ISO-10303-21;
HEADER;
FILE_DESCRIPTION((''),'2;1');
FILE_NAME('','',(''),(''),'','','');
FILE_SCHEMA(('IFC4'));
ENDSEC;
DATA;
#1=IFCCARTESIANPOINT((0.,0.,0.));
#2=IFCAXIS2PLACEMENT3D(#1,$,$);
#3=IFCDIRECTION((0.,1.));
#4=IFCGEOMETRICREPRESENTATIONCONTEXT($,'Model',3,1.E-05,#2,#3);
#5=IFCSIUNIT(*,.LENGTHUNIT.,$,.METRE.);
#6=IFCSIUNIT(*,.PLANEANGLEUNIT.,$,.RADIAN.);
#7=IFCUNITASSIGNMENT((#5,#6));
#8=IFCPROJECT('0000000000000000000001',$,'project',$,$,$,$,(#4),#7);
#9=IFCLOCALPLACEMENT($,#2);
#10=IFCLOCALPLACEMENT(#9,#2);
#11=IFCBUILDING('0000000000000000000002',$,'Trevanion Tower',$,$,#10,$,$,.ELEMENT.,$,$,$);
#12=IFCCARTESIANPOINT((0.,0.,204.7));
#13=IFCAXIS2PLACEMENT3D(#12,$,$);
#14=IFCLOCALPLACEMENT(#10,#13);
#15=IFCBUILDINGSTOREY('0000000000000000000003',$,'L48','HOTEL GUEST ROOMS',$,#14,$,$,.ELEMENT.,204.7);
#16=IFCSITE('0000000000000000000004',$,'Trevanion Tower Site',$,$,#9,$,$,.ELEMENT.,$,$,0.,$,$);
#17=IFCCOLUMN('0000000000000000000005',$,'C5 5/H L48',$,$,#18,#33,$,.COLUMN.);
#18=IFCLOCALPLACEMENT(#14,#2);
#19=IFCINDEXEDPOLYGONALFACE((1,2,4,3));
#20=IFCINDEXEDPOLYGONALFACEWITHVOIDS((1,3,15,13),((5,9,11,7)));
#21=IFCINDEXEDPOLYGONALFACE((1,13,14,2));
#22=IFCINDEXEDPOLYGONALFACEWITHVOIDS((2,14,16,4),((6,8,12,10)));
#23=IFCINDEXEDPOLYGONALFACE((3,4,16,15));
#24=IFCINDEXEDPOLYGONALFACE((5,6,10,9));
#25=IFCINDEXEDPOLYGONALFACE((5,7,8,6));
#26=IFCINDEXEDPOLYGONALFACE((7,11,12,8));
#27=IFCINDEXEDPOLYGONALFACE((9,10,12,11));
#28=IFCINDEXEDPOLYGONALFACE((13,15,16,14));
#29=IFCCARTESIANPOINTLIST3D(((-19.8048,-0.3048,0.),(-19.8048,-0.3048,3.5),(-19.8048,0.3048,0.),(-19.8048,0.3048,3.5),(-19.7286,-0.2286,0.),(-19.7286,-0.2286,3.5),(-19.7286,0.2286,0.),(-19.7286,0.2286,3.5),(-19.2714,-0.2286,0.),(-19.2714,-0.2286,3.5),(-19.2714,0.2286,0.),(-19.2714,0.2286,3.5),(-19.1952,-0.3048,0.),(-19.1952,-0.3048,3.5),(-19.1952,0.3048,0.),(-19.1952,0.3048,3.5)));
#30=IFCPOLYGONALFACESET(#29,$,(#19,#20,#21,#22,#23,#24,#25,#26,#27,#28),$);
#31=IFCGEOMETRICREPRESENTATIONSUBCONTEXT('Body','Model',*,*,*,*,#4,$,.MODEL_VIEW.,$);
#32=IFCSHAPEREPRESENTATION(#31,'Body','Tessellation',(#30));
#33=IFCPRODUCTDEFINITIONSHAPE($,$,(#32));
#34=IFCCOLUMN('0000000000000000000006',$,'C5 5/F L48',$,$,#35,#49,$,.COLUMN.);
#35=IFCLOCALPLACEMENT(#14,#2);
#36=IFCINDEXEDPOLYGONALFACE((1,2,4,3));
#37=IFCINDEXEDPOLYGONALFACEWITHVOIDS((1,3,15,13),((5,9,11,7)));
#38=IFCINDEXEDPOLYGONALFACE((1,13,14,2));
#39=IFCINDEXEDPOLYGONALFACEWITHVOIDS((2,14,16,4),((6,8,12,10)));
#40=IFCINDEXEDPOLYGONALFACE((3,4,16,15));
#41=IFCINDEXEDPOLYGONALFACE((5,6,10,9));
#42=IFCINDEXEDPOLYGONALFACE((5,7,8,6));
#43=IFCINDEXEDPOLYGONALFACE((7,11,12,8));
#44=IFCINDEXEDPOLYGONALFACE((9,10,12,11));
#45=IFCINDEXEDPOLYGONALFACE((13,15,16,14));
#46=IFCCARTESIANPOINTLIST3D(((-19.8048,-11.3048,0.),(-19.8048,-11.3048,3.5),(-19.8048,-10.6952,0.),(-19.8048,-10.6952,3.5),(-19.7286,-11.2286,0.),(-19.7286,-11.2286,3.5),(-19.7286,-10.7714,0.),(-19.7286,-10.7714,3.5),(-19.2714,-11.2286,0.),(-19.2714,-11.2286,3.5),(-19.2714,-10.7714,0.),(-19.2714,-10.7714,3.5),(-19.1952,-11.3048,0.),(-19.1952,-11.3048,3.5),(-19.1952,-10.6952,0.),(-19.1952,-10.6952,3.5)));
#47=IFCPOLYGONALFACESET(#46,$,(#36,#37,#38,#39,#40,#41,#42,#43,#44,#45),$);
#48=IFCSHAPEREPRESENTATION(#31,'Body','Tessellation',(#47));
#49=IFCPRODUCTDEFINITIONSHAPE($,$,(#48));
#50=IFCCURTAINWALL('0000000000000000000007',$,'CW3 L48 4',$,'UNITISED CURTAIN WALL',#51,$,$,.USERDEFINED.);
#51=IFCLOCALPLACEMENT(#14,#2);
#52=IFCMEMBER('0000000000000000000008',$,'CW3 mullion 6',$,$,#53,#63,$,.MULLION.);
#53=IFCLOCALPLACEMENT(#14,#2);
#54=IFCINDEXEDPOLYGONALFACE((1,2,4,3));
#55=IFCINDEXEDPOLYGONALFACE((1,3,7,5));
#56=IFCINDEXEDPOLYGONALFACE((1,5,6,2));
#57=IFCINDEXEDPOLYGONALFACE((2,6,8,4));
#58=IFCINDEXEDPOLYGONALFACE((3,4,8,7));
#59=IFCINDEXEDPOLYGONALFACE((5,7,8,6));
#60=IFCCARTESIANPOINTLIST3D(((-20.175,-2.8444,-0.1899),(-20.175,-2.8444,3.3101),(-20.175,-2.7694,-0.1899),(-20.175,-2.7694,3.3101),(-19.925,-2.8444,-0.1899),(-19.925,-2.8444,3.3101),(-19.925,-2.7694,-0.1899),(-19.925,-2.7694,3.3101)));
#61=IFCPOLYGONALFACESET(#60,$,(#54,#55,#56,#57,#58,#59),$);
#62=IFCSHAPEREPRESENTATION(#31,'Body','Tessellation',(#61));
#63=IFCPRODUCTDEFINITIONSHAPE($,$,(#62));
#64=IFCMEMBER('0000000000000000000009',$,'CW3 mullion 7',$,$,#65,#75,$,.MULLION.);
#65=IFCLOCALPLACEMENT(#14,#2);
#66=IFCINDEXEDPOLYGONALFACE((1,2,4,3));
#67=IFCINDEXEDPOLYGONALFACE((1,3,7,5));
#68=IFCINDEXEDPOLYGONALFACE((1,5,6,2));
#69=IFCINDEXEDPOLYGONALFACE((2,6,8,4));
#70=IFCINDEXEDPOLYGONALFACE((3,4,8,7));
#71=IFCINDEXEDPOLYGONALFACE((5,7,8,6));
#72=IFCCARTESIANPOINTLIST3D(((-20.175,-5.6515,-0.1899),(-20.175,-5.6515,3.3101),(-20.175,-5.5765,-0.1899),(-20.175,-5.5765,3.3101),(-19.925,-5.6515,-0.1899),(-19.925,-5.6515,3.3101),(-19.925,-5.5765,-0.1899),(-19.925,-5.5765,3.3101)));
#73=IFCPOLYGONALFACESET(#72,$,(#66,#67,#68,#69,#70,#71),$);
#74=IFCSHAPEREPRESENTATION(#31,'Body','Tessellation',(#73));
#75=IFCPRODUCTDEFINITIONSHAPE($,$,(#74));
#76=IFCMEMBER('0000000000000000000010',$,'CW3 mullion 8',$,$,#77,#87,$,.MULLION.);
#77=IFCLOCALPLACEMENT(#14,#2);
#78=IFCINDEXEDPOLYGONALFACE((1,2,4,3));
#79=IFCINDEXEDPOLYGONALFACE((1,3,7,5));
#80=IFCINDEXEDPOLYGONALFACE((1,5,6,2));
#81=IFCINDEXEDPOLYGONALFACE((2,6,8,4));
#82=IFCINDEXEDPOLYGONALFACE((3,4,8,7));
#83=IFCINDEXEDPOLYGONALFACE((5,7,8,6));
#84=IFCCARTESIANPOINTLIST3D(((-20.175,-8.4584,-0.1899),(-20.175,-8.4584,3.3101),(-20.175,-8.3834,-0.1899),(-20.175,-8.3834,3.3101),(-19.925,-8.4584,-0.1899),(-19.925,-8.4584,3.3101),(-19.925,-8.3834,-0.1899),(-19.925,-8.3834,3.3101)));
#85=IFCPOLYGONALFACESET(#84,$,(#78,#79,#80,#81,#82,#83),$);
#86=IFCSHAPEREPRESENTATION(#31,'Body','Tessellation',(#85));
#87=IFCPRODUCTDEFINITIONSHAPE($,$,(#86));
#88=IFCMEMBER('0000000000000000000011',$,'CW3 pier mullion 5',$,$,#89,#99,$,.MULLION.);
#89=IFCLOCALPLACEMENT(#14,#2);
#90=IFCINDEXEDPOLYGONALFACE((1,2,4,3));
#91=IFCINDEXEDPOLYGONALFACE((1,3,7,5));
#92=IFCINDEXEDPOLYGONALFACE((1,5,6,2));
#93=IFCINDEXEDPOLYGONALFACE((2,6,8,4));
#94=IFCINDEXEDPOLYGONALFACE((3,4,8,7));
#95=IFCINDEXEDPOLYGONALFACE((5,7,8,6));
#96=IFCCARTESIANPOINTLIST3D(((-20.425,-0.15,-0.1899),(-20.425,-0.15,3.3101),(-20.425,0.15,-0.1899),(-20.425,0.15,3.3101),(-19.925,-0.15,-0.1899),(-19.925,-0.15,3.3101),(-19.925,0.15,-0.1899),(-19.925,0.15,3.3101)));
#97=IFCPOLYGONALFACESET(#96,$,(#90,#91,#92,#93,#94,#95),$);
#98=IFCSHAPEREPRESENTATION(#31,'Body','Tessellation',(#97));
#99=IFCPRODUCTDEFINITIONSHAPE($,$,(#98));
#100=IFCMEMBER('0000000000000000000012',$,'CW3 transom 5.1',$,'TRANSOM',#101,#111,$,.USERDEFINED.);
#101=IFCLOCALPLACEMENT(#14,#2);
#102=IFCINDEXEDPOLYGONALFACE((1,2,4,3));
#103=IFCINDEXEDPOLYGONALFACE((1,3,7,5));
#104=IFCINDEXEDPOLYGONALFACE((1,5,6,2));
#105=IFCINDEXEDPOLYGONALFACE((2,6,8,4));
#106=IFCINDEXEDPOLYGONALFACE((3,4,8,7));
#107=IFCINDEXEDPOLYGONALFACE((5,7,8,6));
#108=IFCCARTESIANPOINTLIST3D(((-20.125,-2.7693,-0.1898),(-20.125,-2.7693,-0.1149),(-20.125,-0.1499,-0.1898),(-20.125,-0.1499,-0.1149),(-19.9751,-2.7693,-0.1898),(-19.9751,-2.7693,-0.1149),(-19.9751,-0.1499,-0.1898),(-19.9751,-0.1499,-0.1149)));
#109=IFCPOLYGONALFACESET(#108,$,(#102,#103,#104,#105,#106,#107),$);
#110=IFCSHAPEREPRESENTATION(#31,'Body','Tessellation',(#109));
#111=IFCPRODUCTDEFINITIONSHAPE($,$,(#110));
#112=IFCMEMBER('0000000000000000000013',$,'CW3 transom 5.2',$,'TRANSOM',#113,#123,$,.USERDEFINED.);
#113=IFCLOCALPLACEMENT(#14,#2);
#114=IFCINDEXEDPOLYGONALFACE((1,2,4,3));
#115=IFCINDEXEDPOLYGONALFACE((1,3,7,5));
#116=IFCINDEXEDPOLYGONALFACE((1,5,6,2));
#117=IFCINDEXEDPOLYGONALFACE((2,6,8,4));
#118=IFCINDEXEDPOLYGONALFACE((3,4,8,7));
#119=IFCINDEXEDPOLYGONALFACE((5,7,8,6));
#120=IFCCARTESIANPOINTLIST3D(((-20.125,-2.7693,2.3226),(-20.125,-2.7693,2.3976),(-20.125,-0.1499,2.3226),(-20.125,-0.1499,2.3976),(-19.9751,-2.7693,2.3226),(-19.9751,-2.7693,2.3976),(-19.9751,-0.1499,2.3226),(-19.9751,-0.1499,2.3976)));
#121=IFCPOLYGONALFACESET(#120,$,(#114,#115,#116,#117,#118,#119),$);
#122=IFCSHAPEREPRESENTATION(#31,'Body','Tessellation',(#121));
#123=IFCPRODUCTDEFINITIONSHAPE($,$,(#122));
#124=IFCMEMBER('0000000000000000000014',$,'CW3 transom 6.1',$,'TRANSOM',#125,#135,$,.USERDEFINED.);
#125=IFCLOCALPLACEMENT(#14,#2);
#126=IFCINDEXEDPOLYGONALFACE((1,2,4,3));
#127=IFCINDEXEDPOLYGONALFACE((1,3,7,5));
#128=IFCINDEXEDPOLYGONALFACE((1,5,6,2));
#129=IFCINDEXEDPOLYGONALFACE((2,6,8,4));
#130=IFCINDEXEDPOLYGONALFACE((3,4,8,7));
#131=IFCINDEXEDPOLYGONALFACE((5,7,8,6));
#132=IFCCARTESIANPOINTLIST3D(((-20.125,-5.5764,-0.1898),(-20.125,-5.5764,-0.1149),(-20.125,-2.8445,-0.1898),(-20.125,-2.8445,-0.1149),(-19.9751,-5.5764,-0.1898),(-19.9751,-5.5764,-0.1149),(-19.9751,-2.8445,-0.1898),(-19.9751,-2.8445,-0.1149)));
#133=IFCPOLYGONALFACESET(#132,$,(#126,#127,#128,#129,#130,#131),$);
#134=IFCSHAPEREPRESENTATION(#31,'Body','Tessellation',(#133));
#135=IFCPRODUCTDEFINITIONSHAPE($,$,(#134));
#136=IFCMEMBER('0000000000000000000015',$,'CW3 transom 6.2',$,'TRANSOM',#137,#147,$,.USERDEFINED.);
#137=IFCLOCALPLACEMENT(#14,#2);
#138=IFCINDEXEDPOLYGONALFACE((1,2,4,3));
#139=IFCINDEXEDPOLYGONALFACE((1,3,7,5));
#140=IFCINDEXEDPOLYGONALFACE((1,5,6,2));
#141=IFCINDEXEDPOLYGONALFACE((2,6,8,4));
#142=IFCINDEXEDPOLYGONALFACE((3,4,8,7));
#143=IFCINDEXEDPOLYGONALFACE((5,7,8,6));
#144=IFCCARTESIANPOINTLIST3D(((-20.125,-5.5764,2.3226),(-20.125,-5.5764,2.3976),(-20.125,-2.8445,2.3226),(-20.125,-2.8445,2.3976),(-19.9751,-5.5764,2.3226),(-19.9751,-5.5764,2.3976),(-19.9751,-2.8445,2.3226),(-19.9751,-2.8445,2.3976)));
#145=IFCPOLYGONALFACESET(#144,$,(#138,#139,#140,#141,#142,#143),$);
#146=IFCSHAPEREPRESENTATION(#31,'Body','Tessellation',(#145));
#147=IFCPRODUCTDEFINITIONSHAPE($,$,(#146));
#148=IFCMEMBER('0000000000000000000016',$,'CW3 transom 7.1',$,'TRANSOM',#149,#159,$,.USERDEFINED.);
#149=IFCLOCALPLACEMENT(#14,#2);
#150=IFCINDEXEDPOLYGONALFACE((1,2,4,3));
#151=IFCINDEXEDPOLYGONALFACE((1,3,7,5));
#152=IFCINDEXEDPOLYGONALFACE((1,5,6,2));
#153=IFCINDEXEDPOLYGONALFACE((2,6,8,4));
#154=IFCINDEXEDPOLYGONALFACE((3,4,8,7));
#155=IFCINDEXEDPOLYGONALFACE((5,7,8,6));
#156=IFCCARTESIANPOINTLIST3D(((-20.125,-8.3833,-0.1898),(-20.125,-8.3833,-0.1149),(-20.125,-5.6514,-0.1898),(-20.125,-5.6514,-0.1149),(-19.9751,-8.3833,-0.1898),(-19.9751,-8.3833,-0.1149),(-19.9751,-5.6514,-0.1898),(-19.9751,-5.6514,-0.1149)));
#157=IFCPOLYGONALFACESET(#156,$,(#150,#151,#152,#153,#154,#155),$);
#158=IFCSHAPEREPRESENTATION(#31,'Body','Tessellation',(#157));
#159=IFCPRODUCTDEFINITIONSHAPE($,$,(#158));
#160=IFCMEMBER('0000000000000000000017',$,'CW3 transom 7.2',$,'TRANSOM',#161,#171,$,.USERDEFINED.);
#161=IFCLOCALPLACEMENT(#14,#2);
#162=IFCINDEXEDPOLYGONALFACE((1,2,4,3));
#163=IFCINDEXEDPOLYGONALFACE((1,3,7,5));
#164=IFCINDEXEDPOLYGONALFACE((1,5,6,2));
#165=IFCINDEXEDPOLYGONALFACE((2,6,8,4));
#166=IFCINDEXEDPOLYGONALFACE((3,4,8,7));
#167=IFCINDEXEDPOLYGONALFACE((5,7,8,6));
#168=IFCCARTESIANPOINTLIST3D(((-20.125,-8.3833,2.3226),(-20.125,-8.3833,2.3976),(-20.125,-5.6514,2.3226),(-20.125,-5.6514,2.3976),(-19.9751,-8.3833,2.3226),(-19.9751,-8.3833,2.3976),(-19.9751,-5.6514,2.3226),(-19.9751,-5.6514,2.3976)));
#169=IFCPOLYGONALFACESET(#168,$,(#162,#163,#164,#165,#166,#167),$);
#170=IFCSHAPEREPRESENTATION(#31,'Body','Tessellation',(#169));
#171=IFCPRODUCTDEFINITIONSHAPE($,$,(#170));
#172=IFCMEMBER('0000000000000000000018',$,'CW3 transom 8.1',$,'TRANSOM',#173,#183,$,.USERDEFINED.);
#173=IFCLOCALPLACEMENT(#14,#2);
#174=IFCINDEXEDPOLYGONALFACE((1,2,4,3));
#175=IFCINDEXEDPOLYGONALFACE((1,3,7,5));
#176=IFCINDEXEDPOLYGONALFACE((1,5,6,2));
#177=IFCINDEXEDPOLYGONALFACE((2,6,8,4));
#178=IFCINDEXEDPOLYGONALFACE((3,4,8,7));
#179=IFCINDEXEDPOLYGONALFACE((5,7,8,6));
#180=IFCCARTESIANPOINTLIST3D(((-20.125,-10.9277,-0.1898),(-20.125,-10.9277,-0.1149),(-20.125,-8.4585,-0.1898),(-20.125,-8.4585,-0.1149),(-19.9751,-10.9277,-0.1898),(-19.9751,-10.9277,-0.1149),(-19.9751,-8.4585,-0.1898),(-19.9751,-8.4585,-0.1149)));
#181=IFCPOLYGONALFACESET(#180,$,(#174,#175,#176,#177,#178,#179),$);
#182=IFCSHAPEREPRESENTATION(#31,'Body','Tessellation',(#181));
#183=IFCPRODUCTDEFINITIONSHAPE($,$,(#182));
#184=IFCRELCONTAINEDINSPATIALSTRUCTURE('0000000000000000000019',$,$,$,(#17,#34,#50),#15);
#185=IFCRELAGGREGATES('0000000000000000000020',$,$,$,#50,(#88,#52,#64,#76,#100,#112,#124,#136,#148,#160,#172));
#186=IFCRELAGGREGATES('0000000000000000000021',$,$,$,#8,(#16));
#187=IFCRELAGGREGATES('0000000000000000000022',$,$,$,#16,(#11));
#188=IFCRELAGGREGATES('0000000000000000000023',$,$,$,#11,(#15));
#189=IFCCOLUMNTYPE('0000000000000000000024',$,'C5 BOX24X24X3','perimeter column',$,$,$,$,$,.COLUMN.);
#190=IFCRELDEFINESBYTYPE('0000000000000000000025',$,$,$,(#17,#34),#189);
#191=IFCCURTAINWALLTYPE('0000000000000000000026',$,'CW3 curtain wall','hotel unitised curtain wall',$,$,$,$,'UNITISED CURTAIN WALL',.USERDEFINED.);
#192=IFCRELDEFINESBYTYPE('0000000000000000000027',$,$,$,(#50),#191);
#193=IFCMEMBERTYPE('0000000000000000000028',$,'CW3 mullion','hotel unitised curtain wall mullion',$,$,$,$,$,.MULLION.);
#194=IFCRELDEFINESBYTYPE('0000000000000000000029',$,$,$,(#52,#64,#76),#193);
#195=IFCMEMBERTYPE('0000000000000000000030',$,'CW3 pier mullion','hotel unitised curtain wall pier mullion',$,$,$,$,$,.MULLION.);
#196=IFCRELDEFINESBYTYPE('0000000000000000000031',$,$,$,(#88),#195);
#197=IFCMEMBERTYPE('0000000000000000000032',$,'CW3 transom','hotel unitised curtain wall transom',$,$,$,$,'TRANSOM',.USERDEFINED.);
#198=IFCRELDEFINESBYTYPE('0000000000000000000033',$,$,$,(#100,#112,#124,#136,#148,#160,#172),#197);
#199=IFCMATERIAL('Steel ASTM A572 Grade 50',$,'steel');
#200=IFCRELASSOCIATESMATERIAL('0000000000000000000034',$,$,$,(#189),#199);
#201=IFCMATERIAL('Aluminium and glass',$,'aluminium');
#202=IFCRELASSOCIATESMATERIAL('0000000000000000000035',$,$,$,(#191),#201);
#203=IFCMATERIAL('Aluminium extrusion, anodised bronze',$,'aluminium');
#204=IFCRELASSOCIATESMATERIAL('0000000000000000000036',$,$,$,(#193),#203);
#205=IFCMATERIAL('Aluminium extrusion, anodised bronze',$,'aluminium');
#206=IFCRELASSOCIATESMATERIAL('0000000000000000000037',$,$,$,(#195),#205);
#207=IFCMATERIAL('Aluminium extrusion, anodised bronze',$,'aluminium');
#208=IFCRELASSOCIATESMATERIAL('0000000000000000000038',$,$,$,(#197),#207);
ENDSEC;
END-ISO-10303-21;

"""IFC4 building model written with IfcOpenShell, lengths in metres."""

from ifc_helpers import new_model, si_unit, direction, frame, origin, origin_2d, place, context, subcontext, project, spatial, rectangle, hollow_rectangle, extrude, material, material_profile, profile_set, type_object, element, aggregate, save


model = new_model("IFC4")

# Units and contexts
model_context = context("Model", 3, precision=1e-05, world=origin(), true_north=direction((0.0, 1.0)))
body_context = subcontext(model_context, "Body", "Model", "MODEL_VIEW")
ifc_project = project(units=[si_unit("LENGTHUNIT", "METRE"), si_unit("PLANEANGLEUNIT", "RADIAN")], contexts=[model_context])

# Site, building, storey
site_placement = place(None, origin())
site = spatial("IfcSite", under=ifc_project, at=site_placement, Name="Trevanion Tower Site", CompositionType="ELEMENT", RefElevation=0.0)
building_placement = place(site_placement, origin())
building = spatial("IfcBuilding", under=site, at=building_placement, Name="Trevanion Tower", CompositionType="ELEMENT")
storey_placement = place(building_placement, frame((0.0, 0.0, 204.7)))
storey = spatial("IfcBuildingStorey", under=building, at=storey_placement, Name="L48", Description="HOTEL GUEST ROOMS", CompositionType="ELEMENT", Elevation=204.7)

# Columns
ifc_material_1 = material(Name="Steel ASTM A572 Grade 50", Category="steel")
ifc_material_profile_1 = material_profile(ifc_material_1, hollow_rectangle(XDim=0.6096, YDim=0.6096, WallThickness=0.0762, at=origin_2d()), Name="BOX24X24X3")
ifc_profile_set_1 = profile_set([ifc_material_profile_1], Name="Steel ASTM A572 Grade 50")
column_type = type_object("IfcColumnType", Name="C5 BOX24X24X3", Description="perimeter column", PredefinedType="COLUMN", material=ifc_profile_set_1)
for number, where, z_axis, x_axis, name in (
    (1, (-19.5, 0.0, 0.0), (0.0, 0.0, 1.0), (0.0, 1.0, 0.0), "C5 5/H L48"),
    (2, (-19.5, -11.0, 0.0), (0.0, 0.0, 1.0), (0.0, 1.0, 0.0), "C5 5/F L48"),
):
    element("IfcColumn", number, at=place(storey_placement, frame(where, z_axis=z_axis, x_axis=x_axis)), inside=storey, type_object=column_type, Name=name, PredefinedType="COLUMN", context=body_context, shape_type="SweptSolid", body=[
        extrude(hollow_rectangle(XDim=0.6096, YDim=0.6096, WallThickness=0.0762, at=origin_2d()), origin(), (0.0, 0.0, 1.0), 3.5),
    ])

# Curtain wall, members
ifc_material_2 = material(Name="Aluminium and glass", Category="aluminium")
curtain_wall_type = type_object("IfcCurtainWallType", Name="CW3 curtain wall", Description="hotel unitised curtain wall", ElementType="UNITISED CURTAIN WALL", PredefinedType="USERDEFINED", material=ifc_material_2)
curtain_wall_placement = place(storey_placement, origin())
curtain_wall = element("IfcCurtainWall", 3, at=curtain_wall_placement, inside=storey, type_object=curtain_wall_type, Name="CW3 L48 4", ObjectType="UNITISED CURTAIN WALL", PredefinedType="USERDEFINED")
ifc_material_3 = material(Name="Aluminium extrusion, anodised bronze", Category="aluminium")
ifc_material_profile_2 = material_profile(ifc_material_3, rectangle(XDim=0.075, YDim=0.25, at=origin_2d()), Name="CW3 mullion")
ifc_profile_set_2 = profile_set([ifc_material_profile_2], Name="Aluminium extrusion, anodised bronze")
member_type_1 = type_object("IfcMemberType", Name="CW3 mullion", Description="hotel unitised curtain wall mullion", PredefinedType="MULLION", material=ifc_profile_set_2)
member_1_placement = place(storey_placement, frame((-20.05, -2.8069, -0.1899), z_axis=(0.0, 0.0, 1.0), x_axis=(0.0, -1.0, 0.0)))
member_1 = element("IfcMember", 4, at=member_1_placement, type_object=member_type_1, Name="CW3 mullion 6", PredefinedType="MULLION", context=body_context, shape_type="SweptSolid", body=[
    extrude(rectangle(XDim=0.075, YDim=0.25, at=origin_2d()), origin(), (0.0, 0.0, 1.0), 3.5),
])
member_2_placement = place(storey_placement, frame((-20.05, -5.614, -0.1899), z_axis=(0.0, 0.0, 1.0), x_axis=(0.0, -1.0, 0.0)))
member_2 = element("IfcMember", 5, at=member_2_placement, type_object=member_type_1, Name="CW3 mullion 7", PredefinedType="MULLION", context=body_context, shape_type="SweptSolid", body=[
    extrude(rectangle(XDim=0.075, YDim=0.25, at=origin_2d()), origin(), (0.0, 0.0, 1.0), 3.5),
])
member_3_placement = place(storey_placement, frame((-20.05, -8.4209, -0.1899), z_axis=(0.0, 0.0, 1.0), x_axis=(0.0, -1.0, 0.0)))
member_3 = element("IfcMember", 6, at=member_3_placement, type_object=member_type_1, Name="CW3 mullion 8", PredefinedType="MULLION", context=body_context, shape_type="SweptSolid", body=[
    extrude(rectangle(XDim=0.075, YDim=0.25, at=origin_2d()), origin(), (0.0, 0.0, 1.0), 3.5),
])
ifc_material_4 = material(Name="Aluminium extrusion, anodised bronze", Category="aluminium")
ifc_material_profile_3 = material_profile(ifc_material_4, rectangle(XDim=0.3, YDim=0.5, at=origin_2d()), Name="CW3 pier mullion")
ifc_profile_set_3 = profile_set([ifc_material_profile_3], Name="Aluminium extrusion, anodised bronze")
member_type_2 = type_object("IfcMemberType", Name="CW3 pier mullion", Description="hotel unitised curtain wall pier mullion", PredefinedType="MULLION", material=ifc_profile_set_3)
member_4_placement = place(storey_placement, frame((-20.175, 0.0, -0.1899), z_axis=(0.0, 0.0, 1.0), x_axis=(0.0, -1.0, 0.0)))
member_4 = element("IfcMember", 7, at=member_4_placement, type_object=member_type_2, Name="CW3 pier mullion 5", PredefinedType="MULLION", context=body_context, shape_type="SweptSolid", body=[
    extrude(rectangle(XDim=0.3, YDim=0.5, at=origin_2d()), origin(), (0.0, 0.0, 1.0), 3.5),
])
ifc_material_5 = material(Name="Aluminium extrusion, anodised bronze", Category="aluminium")
ifc_material_profile_4 = material_profile(ifc_material_5, rectangle(XDim=0.1499, YDim=0.075, at=origin_2d()), Name="CW3 transom")
ifc_profile_set_4 = profile_set([ifc_material_profile_4], Name="Aluminium extrusion, anodised bronze")
member_type_3 = type_object("IfcMemberType", Name="CW3 transom", Description="hotel unitised curtain wall transom", ElementType="TRANSOM", PredefinedType="USERDEFINED", material=ifc_profile_set_4)
member_5_placement = place(storey_placement, frame((-20.05, -0.1499, -0.1523), z_axis=(0.0, -1.0, 0.0), x_axis=(1.0, 0.0, 0.0)))
member_5 = element("IfcMember", 8, at=member_5_placement, type_object=member_type_3, Name="CW3 transom 5.1", ObjectType="TRANSOM", PredefinedType="USERDEFINED", context=body_context, shape_type="SweptSolid", body=[
    extrude(rectangle(XDim=0.1499, YDim=0.075, at=origin_2d()), origin(), (0.0, 0.0, 1.0), 2.6194),
])
member_6_placement = place(storey_placement, frame((-20.05, -0.1499, 2.3601), z_axis=(0.0, -1.0, 0.0), x_axis=(1.0, 0.0, 0.0)))
member_6 = element("IfcMember", 9, at=member_6_placement, type_object=member_type_3, Name="CW3 transom 5.2", ObjectType="TRANSOM", PredefinedType="USERDEFINED", context=body_context, shape_type="SweptSolid", body=[
    extrude(rectangle(XDim=0.1499, YDim=0.075, at=origin_2d()), origin(), (0.0, 0.0, 1.0), 2.6194),
])
member_7_placement = place(storey_placement, frame((-20.05, -2.8445, -0.1523), z_axis=(0.0, -1.0, 0.0), x_axis=(1.0, 0.0, 0.0)))
member_7 = element("IfcMember", 10, at=member_7_placement, type_object=member_type_3, Name="CW3 transom 6.1", ObjectType="TRANSOM", PredefinedType="USERDEFINED", context=body_context, shape_type="SweptSolid", body=[
    extrude(rectangle(XDim=0.1499, YDim=0.075, at=origin_2d()), origin(), (0.0, 0.0, 1.0), 2.7319),
])
member_8_placement = place(storey_placement, frame((-20.05, -2.8445, 2.3601), z_axis=(0.0, -1.0, 0.0), x_axis=(1.0, 0.0, 0.0)))
member_8 = element("IfcMember", 11, at=member_8_placement, type_object=member_type_3, Name="CW3 transom 6.2", ObjectType="TRANSOM", PredefinedType="USERDEFINED", context=body_context, shape_type="SweptSolid", body=[
    extrude(rectangle(XDim=0.1499, YDim=0.075, at=origin_2d()), origin(), (0.0, 0.0, 1.0), 2.7319),
])
member_9_placement = place(storey_placement, frame((-20.05, -5.6514, -0.1523), z_axis=(0.0, -1.0, 0.0), x_axis=(1.0, 0.0, 0.0)))
member_9 = element("IfcMember", 12, at=member_9_placement, type_object=member_type_3, Name="CW3 transom 7.1", ObjectType="TRANSOM", PredefinedType="USERDEFINED", context=body_context, shape_type="SweptSolid", body=[
    extrude(rectangle(XDim=0.1499, YDim=0.075, at=origin_2d()), origin(), (0.0, 0.0, 1.0), 2.7319),
])
member_10_placement = place(storey_placement, frame((-20.05, -5.6514, 2.3601), z_axis=(0.0, -1.0, 0.0), x_axis=(1.0, 0.0, 0.0)))
member_10 = element("IfcMember", 13, at=member_10_placement, type_object=member_type_3, Name="CW3 transom 7.2", ObjectType="TRANSOM", PredefinedType="USERDEFINED", context=body_context, shape_type="SweptSolid", body=[
    extrude(rectangle(XDim=0.1499, YDim=0.075, at=origin_2d()), origin(), (0.0, 0.0, 1.0), 2.7319),
])
member_11_placement = place(storey_placement, frame((-20.05, -8.4585, -0.1523), z_axis=(0.0, -1.0, 0.0), x_axis=(1.0, 0.0, 0.0)))
member_11 = element("IfcMember", 14, at=member_11_placement, type_object=member_type_3, Name="CW3 transom 8.1", ObjectType="TRANSOM", PredefinedType="USERDEFINED", context=body_context, shape_type="SweptSolid", body=[
    extrude(rectangle(XDim=0.1499, YDim=0.075, at=origin_2d()), origin(), (0.0, 0.0, 1.0), 2.4692),
])

aggregate(curtain_wall, [member_4, member_1, member_2, member_3, member_5, member_6, member_7, member_8, member_9, member_10, member_11])

save(model, "model.ifc")
